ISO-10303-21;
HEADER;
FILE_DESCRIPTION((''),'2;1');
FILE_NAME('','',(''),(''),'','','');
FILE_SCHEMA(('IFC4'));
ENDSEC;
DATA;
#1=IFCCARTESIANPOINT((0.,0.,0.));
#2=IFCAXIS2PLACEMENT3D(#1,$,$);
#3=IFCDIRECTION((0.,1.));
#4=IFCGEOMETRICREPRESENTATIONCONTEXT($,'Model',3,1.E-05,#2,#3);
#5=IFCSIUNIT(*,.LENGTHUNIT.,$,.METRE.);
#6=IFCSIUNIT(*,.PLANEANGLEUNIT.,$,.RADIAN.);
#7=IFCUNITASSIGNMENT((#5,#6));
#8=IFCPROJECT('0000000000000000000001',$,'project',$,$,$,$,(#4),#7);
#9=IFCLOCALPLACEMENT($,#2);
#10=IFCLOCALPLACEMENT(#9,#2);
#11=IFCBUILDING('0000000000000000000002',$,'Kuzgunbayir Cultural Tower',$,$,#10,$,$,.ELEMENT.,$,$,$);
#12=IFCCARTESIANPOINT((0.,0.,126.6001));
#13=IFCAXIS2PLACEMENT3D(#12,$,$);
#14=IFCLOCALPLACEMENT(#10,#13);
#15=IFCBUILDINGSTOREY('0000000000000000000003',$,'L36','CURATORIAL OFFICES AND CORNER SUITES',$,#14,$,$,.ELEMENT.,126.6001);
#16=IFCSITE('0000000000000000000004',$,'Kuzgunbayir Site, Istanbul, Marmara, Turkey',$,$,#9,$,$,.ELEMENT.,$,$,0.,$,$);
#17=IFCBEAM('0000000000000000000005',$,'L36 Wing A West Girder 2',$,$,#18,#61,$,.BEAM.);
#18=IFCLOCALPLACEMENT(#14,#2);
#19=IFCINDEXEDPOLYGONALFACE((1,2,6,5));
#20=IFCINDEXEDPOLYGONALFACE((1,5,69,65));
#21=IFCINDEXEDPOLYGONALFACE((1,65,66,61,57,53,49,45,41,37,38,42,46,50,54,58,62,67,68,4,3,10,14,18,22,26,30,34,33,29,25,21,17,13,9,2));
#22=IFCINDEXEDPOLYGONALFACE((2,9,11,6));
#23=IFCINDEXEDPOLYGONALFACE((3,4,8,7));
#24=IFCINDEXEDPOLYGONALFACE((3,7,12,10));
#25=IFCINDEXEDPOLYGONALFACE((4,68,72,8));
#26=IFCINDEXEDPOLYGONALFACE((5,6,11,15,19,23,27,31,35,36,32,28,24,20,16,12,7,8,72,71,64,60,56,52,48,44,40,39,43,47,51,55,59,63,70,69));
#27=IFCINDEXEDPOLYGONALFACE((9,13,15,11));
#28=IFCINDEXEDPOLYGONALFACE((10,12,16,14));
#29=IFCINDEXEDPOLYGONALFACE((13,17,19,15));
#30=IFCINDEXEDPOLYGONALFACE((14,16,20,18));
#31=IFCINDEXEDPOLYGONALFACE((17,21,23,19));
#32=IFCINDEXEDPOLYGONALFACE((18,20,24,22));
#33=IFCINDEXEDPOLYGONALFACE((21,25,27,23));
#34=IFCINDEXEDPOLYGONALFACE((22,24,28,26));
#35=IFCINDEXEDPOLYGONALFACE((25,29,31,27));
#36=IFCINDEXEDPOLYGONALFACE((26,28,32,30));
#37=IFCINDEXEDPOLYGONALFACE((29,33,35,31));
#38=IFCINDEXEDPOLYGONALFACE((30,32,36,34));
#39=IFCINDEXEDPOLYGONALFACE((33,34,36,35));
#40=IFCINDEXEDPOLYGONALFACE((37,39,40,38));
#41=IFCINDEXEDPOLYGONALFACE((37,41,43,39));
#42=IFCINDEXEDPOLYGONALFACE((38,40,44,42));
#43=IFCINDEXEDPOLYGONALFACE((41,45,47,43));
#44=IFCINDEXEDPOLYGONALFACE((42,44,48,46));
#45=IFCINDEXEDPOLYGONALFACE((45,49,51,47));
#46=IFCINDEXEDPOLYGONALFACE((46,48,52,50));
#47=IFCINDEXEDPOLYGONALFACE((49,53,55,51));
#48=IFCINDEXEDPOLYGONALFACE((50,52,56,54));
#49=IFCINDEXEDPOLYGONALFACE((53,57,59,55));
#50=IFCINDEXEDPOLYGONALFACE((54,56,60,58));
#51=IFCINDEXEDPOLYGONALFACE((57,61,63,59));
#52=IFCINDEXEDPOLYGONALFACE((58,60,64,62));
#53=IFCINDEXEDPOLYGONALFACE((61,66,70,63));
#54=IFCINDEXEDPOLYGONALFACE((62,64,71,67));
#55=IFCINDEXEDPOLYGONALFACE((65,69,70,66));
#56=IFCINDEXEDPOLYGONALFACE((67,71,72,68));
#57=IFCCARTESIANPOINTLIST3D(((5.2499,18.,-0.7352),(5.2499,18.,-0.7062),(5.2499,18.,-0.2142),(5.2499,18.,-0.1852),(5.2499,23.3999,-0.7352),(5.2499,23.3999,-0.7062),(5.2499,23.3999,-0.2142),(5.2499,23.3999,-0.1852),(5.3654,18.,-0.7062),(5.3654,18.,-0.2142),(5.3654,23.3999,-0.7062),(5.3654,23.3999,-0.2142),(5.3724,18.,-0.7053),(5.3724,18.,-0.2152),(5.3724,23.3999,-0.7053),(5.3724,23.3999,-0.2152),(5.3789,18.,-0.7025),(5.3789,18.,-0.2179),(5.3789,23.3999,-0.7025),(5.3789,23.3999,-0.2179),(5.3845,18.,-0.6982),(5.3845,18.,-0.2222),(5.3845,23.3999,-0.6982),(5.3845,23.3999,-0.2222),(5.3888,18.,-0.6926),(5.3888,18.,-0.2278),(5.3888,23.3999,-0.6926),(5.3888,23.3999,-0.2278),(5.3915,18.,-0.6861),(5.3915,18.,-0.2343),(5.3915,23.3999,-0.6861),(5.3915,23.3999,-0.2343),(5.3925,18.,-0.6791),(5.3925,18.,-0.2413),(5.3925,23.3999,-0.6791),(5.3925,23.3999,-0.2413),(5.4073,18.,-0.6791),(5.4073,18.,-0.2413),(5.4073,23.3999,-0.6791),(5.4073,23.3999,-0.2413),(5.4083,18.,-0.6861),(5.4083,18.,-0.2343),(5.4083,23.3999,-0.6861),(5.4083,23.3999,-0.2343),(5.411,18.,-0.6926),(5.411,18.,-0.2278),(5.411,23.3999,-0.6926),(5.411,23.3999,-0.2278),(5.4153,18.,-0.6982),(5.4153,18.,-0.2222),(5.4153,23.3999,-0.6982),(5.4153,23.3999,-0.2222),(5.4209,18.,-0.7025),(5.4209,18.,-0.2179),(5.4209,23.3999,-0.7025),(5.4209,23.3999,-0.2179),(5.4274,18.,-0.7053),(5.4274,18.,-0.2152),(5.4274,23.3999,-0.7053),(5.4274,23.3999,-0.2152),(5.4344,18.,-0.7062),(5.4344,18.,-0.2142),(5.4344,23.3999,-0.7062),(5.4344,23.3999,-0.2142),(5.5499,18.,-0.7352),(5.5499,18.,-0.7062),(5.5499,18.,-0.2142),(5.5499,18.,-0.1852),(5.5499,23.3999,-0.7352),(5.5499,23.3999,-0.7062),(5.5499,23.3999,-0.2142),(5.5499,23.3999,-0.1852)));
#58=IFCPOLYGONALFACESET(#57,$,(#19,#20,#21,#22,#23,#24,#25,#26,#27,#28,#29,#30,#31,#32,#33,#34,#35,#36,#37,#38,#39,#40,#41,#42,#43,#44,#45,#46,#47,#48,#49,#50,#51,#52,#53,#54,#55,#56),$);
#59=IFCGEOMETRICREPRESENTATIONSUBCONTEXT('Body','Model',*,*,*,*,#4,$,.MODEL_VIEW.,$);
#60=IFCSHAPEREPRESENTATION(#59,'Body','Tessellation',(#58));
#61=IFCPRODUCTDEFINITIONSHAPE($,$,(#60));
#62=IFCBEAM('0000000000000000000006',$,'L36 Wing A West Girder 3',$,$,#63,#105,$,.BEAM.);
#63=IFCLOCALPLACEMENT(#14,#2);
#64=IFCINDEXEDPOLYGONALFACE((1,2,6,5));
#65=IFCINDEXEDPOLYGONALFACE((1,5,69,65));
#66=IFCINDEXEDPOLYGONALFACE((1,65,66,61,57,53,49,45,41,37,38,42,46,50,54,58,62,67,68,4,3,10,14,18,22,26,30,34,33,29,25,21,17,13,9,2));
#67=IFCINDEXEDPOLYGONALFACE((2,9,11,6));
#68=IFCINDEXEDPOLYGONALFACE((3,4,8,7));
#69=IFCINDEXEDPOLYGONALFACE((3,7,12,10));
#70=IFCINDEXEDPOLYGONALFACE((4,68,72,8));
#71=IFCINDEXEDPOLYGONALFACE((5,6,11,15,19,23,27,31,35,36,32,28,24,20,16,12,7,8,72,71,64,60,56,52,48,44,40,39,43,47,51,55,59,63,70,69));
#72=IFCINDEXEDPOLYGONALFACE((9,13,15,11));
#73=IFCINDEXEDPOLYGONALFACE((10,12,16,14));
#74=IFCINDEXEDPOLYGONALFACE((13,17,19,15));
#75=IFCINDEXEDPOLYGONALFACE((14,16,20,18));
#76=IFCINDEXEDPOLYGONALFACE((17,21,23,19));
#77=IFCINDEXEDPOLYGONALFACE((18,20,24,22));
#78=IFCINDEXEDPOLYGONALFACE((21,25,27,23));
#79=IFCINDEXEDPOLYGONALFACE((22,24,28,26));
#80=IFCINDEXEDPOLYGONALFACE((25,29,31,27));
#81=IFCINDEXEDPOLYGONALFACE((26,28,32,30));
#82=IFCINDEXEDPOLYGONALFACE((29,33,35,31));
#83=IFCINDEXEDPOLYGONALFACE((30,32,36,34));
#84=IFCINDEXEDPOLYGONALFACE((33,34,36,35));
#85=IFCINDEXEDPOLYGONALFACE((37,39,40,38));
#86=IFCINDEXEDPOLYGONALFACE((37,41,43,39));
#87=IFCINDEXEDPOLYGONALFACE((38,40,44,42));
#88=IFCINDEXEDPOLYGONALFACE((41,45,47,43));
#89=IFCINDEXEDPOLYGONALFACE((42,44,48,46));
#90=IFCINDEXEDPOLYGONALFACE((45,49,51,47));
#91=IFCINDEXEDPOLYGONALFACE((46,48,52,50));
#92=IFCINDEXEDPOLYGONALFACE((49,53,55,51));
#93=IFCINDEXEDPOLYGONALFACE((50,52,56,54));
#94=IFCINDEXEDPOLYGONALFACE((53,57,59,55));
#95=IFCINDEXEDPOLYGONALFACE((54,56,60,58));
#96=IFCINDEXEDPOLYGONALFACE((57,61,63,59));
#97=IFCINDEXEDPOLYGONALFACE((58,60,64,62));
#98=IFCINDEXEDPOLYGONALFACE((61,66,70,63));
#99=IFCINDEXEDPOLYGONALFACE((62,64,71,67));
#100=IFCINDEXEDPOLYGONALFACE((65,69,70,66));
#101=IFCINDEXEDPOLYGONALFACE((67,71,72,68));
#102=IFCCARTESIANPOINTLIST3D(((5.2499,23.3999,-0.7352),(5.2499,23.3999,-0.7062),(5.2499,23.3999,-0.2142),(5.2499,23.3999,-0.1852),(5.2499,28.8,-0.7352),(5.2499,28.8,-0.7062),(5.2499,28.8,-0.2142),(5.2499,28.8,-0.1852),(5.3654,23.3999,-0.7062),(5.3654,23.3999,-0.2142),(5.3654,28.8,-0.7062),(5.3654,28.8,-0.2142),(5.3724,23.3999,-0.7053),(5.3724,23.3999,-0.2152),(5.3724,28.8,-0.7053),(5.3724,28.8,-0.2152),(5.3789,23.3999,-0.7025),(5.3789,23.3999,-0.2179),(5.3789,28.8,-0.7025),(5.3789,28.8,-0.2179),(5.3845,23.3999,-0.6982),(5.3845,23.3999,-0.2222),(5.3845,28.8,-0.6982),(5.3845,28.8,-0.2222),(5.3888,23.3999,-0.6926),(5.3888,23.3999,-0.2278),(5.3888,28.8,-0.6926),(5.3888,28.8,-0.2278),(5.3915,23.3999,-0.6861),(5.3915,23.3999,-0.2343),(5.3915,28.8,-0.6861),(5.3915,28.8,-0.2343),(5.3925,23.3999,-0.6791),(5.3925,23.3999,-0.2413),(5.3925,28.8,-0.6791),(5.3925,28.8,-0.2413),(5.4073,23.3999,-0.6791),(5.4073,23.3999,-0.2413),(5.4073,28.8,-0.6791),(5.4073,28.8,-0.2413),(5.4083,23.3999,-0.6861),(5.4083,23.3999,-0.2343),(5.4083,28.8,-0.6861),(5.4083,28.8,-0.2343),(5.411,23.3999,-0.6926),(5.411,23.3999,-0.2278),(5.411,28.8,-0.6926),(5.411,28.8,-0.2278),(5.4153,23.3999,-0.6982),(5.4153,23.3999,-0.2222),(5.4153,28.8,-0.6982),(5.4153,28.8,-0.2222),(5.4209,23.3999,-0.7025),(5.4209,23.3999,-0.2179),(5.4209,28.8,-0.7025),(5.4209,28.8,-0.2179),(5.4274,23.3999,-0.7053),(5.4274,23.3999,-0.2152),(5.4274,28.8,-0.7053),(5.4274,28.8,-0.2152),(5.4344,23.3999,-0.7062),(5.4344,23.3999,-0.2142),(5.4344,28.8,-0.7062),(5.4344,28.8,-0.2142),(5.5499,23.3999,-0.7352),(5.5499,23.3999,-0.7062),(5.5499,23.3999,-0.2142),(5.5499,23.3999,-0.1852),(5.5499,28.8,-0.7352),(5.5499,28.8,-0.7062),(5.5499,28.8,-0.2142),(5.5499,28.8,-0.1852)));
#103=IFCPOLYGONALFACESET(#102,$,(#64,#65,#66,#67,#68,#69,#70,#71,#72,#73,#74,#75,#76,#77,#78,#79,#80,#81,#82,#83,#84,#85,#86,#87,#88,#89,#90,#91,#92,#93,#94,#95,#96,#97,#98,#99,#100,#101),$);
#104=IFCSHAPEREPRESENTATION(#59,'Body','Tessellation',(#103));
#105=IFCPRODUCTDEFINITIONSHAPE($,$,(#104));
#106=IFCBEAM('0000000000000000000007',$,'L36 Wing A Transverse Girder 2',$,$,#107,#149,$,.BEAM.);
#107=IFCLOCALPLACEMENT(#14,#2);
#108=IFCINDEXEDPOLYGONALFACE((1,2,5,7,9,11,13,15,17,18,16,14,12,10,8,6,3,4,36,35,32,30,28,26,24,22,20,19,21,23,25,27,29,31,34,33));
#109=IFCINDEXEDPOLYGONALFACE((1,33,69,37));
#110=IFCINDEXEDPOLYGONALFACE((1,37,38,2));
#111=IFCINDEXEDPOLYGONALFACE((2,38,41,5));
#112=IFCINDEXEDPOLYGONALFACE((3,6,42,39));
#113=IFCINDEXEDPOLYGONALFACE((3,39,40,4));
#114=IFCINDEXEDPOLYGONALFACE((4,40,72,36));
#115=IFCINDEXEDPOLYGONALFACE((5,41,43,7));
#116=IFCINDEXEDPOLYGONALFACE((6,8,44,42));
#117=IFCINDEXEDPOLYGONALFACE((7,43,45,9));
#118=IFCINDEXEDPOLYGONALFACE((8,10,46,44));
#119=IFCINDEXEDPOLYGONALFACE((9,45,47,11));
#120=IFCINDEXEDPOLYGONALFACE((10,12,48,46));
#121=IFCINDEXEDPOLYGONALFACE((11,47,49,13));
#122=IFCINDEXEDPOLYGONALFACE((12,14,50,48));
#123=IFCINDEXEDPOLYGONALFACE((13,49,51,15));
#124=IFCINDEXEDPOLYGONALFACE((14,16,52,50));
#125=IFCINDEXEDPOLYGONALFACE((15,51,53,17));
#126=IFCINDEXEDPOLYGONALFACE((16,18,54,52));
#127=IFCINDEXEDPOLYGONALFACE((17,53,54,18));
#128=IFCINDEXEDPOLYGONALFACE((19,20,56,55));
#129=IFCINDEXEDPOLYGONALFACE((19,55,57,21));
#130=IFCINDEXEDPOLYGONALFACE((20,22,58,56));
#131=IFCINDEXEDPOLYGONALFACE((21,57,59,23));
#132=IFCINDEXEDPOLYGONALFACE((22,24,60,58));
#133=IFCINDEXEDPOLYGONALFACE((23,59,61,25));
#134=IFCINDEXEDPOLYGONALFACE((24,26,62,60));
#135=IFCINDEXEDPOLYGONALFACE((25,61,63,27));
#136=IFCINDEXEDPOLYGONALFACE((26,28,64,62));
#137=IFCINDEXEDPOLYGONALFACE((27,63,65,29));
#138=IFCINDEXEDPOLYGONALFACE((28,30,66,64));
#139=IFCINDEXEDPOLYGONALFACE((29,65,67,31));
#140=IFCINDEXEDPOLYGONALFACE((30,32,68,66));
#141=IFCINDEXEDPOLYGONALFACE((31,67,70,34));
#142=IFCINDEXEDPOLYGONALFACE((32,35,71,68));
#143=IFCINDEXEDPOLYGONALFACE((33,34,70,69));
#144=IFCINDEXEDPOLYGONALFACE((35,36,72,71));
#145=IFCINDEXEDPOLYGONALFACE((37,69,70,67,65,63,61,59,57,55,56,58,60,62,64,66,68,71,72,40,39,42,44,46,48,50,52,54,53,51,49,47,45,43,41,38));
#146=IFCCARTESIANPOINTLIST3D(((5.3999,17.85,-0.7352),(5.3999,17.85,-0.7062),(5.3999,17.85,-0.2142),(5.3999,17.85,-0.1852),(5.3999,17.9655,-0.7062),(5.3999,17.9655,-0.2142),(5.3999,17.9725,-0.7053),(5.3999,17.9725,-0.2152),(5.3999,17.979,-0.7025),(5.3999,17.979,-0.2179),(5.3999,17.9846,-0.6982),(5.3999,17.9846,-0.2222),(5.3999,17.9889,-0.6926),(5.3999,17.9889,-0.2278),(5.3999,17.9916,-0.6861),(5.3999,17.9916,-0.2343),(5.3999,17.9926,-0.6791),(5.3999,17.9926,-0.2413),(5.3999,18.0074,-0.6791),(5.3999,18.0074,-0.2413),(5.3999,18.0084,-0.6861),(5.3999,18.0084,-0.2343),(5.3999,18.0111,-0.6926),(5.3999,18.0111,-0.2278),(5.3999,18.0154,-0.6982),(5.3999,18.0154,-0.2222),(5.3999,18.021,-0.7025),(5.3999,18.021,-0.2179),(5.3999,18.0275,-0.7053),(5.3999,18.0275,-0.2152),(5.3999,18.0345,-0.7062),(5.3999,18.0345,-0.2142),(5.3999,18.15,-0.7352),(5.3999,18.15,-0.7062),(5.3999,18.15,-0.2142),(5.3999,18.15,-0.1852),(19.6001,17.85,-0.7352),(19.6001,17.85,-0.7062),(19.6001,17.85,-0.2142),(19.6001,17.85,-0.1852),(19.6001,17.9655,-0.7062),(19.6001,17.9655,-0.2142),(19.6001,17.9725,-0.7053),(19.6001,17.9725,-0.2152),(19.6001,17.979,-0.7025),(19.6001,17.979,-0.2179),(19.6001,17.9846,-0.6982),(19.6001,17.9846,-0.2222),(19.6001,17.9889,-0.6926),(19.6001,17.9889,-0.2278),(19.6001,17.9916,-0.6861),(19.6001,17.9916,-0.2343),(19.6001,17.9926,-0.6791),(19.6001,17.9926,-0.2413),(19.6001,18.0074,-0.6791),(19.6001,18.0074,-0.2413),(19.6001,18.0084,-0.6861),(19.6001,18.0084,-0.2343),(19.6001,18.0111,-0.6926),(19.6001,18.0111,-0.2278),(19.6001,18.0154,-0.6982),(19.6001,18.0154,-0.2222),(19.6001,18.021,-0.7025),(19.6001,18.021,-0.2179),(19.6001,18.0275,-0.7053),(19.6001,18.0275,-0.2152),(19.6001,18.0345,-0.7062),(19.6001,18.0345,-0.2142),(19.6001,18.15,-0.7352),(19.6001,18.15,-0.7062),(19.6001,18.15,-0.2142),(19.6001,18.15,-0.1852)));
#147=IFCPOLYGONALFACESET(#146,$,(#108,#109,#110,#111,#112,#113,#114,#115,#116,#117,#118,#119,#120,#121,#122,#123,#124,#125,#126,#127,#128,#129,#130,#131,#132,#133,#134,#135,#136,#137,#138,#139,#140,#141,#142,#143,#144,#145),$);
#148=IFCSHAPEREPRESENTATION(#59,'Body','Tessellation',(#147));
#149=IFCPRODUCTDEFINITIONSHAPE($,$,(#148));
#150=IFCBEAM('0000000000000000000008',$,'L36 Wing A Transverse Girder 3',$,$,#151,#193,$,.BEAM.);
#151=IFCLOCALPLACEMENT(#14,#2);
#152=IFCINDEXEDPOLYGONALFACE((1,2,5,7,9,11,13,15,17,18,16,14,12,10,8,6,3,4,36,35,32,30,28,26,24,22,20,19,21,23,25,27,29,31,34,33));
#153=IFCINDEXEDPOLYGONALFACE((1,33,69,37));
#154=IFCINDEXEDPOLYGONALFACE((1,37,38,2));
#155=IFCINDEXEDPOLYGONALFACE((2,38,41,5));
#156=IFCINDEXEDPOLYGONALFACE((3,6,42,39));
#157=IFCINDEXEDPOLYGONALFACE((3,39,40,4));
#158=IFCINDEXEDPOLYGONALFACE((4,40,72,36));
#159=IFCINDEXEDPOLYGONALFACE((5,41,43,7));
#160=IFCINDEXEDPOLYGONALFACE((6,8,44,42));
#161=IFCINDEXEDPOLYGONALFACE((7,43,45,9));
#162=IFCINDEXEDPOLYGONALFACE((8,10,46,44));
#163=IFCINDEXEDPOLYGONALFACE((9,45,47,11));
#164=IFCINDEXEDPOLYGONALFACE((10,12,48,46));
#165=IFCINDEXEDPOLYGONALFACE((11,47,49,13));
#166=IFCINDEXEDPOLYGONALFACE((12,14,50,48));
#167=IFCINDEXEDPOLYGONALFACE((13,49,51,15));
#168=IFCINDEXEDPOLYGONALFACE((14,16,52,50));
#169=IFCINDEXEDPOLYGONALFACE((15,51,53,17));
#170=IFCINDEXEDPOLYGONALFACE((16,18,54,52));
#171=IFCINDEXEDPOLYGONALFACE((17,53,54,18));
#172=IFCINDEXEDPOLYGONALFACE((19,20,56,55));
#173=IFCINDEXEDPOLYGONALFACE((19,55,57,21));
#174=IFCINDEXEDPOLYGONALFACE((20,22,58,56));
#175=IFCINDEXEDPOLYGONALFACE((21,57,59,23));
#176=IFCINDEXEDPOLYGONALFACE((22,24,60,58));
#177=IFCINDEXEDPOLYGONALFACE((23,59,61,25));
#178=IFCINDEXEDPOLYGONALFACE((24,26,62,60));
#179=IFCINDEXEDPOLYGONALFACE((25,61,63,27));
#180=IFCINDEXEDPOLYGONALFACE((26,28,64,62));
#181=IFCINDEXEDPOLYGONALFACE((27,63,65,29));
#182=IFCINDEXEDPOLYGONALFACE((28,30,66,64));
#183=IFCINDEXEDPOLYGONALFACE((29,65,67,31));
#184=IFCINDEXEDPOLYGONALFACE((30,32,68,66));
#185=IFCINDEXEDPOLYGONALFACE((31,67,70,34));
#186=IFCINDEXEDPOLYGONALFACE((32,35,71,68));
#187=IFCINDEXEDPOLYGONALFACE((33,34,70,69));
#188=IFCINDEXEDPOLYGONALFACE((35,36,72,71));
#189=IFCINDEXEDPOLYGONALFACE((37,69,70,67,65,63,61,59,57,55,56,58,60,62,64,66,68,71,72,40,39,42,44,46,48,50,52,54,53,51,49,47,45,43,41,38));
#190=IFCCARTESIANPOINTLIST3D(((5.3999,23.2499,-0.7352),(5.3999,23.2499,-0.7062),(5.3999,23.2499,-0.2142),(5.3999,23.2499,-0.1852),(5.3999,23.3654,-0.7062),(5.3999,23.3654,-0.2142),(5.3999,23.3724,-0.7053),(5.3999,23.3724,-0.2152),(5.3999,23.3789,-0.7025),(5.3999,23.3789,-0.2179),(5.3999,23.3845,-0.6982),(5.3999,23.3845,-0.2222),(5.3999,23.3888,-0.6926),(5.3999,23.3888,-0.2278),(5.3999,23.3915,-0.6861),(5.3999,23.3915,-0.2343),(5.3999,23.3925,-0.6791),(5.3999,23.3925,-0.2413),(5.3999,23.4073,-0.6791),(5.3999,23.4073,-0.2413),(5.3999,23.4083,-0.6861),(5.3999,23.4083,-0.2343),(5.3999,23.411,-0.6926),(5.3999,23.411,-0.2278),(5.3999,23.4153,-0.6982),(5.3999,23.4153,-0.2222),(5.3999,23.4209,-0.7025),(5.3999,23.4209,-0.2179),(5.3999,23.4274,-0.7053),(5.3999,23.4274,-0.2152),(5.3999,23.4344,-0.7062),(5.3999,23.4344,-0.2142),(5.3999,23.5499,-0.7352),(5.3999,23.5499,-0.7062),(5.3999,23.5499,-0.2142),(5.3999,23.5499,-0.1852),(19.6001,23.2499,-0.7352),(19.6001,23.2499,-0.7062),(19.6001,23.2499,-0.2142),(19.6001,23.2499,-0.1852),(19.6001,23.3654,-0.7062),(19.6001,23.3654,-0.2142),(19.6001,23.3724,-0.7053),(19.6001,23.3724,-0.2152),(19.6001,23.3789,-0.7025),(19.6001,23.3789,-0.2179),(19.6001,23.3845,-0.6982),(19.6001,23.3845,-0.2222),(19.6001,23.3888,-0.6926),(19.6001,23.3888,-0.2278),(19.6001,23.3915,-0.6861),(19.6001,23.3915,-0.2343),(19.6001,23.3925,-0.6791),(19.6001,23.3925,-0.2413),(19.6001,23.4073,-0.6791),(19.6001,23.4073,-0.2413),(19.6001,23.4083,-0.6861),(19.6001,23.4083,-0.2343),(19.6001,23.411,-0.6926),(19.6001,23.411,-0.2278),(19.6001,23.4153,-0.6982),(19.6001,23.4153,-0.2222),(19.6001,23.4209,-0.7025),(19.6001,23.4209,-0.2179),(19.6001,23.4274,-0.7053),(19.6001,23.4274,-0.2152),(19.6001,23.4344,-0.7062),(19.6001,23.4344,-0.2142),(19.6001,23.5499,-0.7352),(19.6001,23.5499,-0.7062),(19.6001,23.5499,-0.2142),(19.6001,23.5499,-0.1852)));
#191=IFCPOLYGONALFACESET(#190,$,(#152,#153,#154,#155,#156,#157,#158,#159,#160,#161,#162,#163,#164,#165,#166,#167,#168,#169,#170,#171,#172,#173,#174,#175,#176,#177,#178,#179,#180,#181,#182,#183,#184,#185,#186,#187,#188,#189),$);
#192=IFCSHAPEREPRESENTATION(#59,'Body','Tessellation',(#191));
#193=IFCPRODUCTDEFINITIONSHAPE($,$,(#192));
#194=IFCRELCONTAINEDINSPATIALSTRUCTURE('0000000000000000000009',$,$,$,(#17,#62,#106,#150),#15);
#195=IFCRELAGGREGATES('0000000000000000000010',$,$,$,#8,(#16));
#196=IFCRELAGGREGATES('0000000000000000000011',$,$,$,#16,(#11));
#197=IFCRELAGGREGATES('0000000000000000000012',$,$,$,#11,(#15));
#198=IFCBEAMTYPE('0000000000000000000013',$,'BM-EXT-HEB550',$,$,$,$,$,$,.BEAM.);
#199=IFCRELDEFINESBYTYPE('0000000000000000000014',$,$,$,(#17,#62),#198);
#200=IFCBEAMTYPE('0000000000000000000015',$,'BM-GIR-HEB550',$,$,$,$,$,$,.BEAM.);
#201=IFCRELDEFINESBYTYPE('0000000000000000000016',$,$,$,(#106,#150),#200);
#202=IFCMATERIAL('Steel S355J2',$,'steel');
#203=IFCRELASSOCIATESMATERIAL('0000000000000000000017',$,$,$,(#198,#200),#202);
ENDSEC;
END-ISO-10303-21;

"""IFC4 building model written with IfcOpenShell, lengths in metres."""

from ifc_helpers import new_model, si_unit, direction, frame, origin, origin_2d, place, context, subcontext, project, spatial, i_section, extrude, material, material_profile, profile_set, type_object, element, save


model = new_model("IFC4")

# Units and contexts
model_context = context("Model", 3, precision=1e-05, world=origin(), true_north=direction((0.0, 1.0)))
body_context = subcontext(model_context, "Body", "Model", "MODEL_VIEW")
ifc_project = project(units=[si_unit("LENGTHUNIT", "METRE"), si_unit("PLANEANGLEUNIT", "RADIAN")], contexts=[model_context])

# Site, building, storey
site_placement = place(None, origin())
site = spatial("IfcSite", under=ifc_project, at=site_placement, Name="Kuzgunbayir Site, Istanbul, Marmara, Turkey", CompositionType="ELEMENT", RefElevation=0.0)
building_placement = place(site_placement, origin())
building = spatial("IfcBuilding", under=site, at=building_placement, Name="Kuzgunbayir Cultural Tower", CompositionType="ELEMENT")
storey_placement = place(building_placement, frame((0.0, 0.0, 126.6001)))
storey = spatial("IfcBuildingStorey", under=building, at=storey_placement, Name="L36", Description="CURATORIAL OFFICES AND CORNER SUITES", CompositionType="ELEMENT", Elevation=126.6001)

# Beams
ifc_material_1 = material(Name="Steel S355J2", Category="steel")
ifc_material_profile_1 = material_profile(ifc_material_1, i_section(OverallWidth=0.3, OverallDepth=0.55, WebThickness=0.0149, FlangeThickness=0.0291, FilletRadius=0.0271, at=origin_2d()), Name="HEB 550")
ifc_profile_set_1 = profile_set([ifc_material_profile_1], Name="Steel S355J2")
beam_type_1 = type_object("IfcBeamType", Name="BM-EXT-HEB550", PredefinedType="BEAM", material=ifc_profile_set_1)
beam_1_placement = place(storey_placement, frame((5.3999, 18.0, -0.4602), z_axis=(0.0, 1.0, 0.0), x_axis=(-1.0, 0.0, 0.0)))
element("IfcBeam", 1, at=beam_1_placement, inside=storey, type_object=beam_type_1, Name="L36 Wing A West Girder 2", PredefinedType="BEAM", context=body_context, shape_type="SweptSolid", body=[
    extrude(i_section(OverallWidth=0.3, OverallDepth=0.55, WebThickness=0.0149, FlangeThickness=0.0291, FilletRadius=0.0271, at=origin_2d()), origin(), (0.0, 0.0, 1.0), 5.3999),
])
beam_2_placement = place(storey_placement, frame((5.3999, 23.3999, -0.4602), z_axis=(0.0, 1.0, 0.0), x_axis=(-1.0, 0.0, 0.0)))
element("IfcBeam", 2, at=beam_2_placement, inside=storey, type_object=beam_type_1, Name="L36 Wing A West Girder 3", PredefinedType="BEAM", context=body_context, shape_type="SweptSolid", body=[
    extrude(i_section(OverallWidth=0.3, OverallDepth=0.55, WebThickness=0.0149, FlangeThickness=0.0291, FilletRadius=0.0271, at=origin_2d()), origin(), (0.0, 0.0, 1.0), 5.4001),
])
ifc_material_profile_2 = material_profile(ifc_material_1, i_section(OverallWidth=0.3, OverallDepth=0.55, WebThickness=0.0149, FlangeThickness=0.0291, FilletRadius=0.0271, at=origin_2d()), Name="HEB 550")
ifc_profile_set_2 = profile_set([ifc_material_profile_2], Name="Steel S355J2")
beam_type_2 = type_object("IfcBeamType", Name="BM-GIR-HEB550", PredefinedType="BEAM", material=ifc_profile_set_2)
for number, where, z_axis, x_axis, name in (
    (3, (5.3999, 18.0, -0.4602), (1.0, 0.0, 0.0), (0.0, 1.0, 0.0), "L36 Wing A Transverse Girder 2"),
    (4, (5.3999, 23.3999, -0.4602), (1.0, 0.0, 0.0), (0.0, 1.0, 0.0), "L36 Wing A Transverse Girder 3"),
):
    element("IfcBeam", number, at=place(storey_placement, frame(where, z_axis=z_axis, x_axis=x_axis)), inside=storey, type_object=beam_type_2, Name=name, PredefinedType="BEAM", context=body_context, shape_type="SweptSolid", body=[
        extrude(i_section(OverallWidth=0.3, OverallDepth=0.55, WebThickness=0.0149, FlangeThickness=0.0291, FilletRadius=0.0271, at=origin_2d()), origin(), (0.0, 0.0, 1.0), 14.2002),
    ])

save(model, "model.ifc")
